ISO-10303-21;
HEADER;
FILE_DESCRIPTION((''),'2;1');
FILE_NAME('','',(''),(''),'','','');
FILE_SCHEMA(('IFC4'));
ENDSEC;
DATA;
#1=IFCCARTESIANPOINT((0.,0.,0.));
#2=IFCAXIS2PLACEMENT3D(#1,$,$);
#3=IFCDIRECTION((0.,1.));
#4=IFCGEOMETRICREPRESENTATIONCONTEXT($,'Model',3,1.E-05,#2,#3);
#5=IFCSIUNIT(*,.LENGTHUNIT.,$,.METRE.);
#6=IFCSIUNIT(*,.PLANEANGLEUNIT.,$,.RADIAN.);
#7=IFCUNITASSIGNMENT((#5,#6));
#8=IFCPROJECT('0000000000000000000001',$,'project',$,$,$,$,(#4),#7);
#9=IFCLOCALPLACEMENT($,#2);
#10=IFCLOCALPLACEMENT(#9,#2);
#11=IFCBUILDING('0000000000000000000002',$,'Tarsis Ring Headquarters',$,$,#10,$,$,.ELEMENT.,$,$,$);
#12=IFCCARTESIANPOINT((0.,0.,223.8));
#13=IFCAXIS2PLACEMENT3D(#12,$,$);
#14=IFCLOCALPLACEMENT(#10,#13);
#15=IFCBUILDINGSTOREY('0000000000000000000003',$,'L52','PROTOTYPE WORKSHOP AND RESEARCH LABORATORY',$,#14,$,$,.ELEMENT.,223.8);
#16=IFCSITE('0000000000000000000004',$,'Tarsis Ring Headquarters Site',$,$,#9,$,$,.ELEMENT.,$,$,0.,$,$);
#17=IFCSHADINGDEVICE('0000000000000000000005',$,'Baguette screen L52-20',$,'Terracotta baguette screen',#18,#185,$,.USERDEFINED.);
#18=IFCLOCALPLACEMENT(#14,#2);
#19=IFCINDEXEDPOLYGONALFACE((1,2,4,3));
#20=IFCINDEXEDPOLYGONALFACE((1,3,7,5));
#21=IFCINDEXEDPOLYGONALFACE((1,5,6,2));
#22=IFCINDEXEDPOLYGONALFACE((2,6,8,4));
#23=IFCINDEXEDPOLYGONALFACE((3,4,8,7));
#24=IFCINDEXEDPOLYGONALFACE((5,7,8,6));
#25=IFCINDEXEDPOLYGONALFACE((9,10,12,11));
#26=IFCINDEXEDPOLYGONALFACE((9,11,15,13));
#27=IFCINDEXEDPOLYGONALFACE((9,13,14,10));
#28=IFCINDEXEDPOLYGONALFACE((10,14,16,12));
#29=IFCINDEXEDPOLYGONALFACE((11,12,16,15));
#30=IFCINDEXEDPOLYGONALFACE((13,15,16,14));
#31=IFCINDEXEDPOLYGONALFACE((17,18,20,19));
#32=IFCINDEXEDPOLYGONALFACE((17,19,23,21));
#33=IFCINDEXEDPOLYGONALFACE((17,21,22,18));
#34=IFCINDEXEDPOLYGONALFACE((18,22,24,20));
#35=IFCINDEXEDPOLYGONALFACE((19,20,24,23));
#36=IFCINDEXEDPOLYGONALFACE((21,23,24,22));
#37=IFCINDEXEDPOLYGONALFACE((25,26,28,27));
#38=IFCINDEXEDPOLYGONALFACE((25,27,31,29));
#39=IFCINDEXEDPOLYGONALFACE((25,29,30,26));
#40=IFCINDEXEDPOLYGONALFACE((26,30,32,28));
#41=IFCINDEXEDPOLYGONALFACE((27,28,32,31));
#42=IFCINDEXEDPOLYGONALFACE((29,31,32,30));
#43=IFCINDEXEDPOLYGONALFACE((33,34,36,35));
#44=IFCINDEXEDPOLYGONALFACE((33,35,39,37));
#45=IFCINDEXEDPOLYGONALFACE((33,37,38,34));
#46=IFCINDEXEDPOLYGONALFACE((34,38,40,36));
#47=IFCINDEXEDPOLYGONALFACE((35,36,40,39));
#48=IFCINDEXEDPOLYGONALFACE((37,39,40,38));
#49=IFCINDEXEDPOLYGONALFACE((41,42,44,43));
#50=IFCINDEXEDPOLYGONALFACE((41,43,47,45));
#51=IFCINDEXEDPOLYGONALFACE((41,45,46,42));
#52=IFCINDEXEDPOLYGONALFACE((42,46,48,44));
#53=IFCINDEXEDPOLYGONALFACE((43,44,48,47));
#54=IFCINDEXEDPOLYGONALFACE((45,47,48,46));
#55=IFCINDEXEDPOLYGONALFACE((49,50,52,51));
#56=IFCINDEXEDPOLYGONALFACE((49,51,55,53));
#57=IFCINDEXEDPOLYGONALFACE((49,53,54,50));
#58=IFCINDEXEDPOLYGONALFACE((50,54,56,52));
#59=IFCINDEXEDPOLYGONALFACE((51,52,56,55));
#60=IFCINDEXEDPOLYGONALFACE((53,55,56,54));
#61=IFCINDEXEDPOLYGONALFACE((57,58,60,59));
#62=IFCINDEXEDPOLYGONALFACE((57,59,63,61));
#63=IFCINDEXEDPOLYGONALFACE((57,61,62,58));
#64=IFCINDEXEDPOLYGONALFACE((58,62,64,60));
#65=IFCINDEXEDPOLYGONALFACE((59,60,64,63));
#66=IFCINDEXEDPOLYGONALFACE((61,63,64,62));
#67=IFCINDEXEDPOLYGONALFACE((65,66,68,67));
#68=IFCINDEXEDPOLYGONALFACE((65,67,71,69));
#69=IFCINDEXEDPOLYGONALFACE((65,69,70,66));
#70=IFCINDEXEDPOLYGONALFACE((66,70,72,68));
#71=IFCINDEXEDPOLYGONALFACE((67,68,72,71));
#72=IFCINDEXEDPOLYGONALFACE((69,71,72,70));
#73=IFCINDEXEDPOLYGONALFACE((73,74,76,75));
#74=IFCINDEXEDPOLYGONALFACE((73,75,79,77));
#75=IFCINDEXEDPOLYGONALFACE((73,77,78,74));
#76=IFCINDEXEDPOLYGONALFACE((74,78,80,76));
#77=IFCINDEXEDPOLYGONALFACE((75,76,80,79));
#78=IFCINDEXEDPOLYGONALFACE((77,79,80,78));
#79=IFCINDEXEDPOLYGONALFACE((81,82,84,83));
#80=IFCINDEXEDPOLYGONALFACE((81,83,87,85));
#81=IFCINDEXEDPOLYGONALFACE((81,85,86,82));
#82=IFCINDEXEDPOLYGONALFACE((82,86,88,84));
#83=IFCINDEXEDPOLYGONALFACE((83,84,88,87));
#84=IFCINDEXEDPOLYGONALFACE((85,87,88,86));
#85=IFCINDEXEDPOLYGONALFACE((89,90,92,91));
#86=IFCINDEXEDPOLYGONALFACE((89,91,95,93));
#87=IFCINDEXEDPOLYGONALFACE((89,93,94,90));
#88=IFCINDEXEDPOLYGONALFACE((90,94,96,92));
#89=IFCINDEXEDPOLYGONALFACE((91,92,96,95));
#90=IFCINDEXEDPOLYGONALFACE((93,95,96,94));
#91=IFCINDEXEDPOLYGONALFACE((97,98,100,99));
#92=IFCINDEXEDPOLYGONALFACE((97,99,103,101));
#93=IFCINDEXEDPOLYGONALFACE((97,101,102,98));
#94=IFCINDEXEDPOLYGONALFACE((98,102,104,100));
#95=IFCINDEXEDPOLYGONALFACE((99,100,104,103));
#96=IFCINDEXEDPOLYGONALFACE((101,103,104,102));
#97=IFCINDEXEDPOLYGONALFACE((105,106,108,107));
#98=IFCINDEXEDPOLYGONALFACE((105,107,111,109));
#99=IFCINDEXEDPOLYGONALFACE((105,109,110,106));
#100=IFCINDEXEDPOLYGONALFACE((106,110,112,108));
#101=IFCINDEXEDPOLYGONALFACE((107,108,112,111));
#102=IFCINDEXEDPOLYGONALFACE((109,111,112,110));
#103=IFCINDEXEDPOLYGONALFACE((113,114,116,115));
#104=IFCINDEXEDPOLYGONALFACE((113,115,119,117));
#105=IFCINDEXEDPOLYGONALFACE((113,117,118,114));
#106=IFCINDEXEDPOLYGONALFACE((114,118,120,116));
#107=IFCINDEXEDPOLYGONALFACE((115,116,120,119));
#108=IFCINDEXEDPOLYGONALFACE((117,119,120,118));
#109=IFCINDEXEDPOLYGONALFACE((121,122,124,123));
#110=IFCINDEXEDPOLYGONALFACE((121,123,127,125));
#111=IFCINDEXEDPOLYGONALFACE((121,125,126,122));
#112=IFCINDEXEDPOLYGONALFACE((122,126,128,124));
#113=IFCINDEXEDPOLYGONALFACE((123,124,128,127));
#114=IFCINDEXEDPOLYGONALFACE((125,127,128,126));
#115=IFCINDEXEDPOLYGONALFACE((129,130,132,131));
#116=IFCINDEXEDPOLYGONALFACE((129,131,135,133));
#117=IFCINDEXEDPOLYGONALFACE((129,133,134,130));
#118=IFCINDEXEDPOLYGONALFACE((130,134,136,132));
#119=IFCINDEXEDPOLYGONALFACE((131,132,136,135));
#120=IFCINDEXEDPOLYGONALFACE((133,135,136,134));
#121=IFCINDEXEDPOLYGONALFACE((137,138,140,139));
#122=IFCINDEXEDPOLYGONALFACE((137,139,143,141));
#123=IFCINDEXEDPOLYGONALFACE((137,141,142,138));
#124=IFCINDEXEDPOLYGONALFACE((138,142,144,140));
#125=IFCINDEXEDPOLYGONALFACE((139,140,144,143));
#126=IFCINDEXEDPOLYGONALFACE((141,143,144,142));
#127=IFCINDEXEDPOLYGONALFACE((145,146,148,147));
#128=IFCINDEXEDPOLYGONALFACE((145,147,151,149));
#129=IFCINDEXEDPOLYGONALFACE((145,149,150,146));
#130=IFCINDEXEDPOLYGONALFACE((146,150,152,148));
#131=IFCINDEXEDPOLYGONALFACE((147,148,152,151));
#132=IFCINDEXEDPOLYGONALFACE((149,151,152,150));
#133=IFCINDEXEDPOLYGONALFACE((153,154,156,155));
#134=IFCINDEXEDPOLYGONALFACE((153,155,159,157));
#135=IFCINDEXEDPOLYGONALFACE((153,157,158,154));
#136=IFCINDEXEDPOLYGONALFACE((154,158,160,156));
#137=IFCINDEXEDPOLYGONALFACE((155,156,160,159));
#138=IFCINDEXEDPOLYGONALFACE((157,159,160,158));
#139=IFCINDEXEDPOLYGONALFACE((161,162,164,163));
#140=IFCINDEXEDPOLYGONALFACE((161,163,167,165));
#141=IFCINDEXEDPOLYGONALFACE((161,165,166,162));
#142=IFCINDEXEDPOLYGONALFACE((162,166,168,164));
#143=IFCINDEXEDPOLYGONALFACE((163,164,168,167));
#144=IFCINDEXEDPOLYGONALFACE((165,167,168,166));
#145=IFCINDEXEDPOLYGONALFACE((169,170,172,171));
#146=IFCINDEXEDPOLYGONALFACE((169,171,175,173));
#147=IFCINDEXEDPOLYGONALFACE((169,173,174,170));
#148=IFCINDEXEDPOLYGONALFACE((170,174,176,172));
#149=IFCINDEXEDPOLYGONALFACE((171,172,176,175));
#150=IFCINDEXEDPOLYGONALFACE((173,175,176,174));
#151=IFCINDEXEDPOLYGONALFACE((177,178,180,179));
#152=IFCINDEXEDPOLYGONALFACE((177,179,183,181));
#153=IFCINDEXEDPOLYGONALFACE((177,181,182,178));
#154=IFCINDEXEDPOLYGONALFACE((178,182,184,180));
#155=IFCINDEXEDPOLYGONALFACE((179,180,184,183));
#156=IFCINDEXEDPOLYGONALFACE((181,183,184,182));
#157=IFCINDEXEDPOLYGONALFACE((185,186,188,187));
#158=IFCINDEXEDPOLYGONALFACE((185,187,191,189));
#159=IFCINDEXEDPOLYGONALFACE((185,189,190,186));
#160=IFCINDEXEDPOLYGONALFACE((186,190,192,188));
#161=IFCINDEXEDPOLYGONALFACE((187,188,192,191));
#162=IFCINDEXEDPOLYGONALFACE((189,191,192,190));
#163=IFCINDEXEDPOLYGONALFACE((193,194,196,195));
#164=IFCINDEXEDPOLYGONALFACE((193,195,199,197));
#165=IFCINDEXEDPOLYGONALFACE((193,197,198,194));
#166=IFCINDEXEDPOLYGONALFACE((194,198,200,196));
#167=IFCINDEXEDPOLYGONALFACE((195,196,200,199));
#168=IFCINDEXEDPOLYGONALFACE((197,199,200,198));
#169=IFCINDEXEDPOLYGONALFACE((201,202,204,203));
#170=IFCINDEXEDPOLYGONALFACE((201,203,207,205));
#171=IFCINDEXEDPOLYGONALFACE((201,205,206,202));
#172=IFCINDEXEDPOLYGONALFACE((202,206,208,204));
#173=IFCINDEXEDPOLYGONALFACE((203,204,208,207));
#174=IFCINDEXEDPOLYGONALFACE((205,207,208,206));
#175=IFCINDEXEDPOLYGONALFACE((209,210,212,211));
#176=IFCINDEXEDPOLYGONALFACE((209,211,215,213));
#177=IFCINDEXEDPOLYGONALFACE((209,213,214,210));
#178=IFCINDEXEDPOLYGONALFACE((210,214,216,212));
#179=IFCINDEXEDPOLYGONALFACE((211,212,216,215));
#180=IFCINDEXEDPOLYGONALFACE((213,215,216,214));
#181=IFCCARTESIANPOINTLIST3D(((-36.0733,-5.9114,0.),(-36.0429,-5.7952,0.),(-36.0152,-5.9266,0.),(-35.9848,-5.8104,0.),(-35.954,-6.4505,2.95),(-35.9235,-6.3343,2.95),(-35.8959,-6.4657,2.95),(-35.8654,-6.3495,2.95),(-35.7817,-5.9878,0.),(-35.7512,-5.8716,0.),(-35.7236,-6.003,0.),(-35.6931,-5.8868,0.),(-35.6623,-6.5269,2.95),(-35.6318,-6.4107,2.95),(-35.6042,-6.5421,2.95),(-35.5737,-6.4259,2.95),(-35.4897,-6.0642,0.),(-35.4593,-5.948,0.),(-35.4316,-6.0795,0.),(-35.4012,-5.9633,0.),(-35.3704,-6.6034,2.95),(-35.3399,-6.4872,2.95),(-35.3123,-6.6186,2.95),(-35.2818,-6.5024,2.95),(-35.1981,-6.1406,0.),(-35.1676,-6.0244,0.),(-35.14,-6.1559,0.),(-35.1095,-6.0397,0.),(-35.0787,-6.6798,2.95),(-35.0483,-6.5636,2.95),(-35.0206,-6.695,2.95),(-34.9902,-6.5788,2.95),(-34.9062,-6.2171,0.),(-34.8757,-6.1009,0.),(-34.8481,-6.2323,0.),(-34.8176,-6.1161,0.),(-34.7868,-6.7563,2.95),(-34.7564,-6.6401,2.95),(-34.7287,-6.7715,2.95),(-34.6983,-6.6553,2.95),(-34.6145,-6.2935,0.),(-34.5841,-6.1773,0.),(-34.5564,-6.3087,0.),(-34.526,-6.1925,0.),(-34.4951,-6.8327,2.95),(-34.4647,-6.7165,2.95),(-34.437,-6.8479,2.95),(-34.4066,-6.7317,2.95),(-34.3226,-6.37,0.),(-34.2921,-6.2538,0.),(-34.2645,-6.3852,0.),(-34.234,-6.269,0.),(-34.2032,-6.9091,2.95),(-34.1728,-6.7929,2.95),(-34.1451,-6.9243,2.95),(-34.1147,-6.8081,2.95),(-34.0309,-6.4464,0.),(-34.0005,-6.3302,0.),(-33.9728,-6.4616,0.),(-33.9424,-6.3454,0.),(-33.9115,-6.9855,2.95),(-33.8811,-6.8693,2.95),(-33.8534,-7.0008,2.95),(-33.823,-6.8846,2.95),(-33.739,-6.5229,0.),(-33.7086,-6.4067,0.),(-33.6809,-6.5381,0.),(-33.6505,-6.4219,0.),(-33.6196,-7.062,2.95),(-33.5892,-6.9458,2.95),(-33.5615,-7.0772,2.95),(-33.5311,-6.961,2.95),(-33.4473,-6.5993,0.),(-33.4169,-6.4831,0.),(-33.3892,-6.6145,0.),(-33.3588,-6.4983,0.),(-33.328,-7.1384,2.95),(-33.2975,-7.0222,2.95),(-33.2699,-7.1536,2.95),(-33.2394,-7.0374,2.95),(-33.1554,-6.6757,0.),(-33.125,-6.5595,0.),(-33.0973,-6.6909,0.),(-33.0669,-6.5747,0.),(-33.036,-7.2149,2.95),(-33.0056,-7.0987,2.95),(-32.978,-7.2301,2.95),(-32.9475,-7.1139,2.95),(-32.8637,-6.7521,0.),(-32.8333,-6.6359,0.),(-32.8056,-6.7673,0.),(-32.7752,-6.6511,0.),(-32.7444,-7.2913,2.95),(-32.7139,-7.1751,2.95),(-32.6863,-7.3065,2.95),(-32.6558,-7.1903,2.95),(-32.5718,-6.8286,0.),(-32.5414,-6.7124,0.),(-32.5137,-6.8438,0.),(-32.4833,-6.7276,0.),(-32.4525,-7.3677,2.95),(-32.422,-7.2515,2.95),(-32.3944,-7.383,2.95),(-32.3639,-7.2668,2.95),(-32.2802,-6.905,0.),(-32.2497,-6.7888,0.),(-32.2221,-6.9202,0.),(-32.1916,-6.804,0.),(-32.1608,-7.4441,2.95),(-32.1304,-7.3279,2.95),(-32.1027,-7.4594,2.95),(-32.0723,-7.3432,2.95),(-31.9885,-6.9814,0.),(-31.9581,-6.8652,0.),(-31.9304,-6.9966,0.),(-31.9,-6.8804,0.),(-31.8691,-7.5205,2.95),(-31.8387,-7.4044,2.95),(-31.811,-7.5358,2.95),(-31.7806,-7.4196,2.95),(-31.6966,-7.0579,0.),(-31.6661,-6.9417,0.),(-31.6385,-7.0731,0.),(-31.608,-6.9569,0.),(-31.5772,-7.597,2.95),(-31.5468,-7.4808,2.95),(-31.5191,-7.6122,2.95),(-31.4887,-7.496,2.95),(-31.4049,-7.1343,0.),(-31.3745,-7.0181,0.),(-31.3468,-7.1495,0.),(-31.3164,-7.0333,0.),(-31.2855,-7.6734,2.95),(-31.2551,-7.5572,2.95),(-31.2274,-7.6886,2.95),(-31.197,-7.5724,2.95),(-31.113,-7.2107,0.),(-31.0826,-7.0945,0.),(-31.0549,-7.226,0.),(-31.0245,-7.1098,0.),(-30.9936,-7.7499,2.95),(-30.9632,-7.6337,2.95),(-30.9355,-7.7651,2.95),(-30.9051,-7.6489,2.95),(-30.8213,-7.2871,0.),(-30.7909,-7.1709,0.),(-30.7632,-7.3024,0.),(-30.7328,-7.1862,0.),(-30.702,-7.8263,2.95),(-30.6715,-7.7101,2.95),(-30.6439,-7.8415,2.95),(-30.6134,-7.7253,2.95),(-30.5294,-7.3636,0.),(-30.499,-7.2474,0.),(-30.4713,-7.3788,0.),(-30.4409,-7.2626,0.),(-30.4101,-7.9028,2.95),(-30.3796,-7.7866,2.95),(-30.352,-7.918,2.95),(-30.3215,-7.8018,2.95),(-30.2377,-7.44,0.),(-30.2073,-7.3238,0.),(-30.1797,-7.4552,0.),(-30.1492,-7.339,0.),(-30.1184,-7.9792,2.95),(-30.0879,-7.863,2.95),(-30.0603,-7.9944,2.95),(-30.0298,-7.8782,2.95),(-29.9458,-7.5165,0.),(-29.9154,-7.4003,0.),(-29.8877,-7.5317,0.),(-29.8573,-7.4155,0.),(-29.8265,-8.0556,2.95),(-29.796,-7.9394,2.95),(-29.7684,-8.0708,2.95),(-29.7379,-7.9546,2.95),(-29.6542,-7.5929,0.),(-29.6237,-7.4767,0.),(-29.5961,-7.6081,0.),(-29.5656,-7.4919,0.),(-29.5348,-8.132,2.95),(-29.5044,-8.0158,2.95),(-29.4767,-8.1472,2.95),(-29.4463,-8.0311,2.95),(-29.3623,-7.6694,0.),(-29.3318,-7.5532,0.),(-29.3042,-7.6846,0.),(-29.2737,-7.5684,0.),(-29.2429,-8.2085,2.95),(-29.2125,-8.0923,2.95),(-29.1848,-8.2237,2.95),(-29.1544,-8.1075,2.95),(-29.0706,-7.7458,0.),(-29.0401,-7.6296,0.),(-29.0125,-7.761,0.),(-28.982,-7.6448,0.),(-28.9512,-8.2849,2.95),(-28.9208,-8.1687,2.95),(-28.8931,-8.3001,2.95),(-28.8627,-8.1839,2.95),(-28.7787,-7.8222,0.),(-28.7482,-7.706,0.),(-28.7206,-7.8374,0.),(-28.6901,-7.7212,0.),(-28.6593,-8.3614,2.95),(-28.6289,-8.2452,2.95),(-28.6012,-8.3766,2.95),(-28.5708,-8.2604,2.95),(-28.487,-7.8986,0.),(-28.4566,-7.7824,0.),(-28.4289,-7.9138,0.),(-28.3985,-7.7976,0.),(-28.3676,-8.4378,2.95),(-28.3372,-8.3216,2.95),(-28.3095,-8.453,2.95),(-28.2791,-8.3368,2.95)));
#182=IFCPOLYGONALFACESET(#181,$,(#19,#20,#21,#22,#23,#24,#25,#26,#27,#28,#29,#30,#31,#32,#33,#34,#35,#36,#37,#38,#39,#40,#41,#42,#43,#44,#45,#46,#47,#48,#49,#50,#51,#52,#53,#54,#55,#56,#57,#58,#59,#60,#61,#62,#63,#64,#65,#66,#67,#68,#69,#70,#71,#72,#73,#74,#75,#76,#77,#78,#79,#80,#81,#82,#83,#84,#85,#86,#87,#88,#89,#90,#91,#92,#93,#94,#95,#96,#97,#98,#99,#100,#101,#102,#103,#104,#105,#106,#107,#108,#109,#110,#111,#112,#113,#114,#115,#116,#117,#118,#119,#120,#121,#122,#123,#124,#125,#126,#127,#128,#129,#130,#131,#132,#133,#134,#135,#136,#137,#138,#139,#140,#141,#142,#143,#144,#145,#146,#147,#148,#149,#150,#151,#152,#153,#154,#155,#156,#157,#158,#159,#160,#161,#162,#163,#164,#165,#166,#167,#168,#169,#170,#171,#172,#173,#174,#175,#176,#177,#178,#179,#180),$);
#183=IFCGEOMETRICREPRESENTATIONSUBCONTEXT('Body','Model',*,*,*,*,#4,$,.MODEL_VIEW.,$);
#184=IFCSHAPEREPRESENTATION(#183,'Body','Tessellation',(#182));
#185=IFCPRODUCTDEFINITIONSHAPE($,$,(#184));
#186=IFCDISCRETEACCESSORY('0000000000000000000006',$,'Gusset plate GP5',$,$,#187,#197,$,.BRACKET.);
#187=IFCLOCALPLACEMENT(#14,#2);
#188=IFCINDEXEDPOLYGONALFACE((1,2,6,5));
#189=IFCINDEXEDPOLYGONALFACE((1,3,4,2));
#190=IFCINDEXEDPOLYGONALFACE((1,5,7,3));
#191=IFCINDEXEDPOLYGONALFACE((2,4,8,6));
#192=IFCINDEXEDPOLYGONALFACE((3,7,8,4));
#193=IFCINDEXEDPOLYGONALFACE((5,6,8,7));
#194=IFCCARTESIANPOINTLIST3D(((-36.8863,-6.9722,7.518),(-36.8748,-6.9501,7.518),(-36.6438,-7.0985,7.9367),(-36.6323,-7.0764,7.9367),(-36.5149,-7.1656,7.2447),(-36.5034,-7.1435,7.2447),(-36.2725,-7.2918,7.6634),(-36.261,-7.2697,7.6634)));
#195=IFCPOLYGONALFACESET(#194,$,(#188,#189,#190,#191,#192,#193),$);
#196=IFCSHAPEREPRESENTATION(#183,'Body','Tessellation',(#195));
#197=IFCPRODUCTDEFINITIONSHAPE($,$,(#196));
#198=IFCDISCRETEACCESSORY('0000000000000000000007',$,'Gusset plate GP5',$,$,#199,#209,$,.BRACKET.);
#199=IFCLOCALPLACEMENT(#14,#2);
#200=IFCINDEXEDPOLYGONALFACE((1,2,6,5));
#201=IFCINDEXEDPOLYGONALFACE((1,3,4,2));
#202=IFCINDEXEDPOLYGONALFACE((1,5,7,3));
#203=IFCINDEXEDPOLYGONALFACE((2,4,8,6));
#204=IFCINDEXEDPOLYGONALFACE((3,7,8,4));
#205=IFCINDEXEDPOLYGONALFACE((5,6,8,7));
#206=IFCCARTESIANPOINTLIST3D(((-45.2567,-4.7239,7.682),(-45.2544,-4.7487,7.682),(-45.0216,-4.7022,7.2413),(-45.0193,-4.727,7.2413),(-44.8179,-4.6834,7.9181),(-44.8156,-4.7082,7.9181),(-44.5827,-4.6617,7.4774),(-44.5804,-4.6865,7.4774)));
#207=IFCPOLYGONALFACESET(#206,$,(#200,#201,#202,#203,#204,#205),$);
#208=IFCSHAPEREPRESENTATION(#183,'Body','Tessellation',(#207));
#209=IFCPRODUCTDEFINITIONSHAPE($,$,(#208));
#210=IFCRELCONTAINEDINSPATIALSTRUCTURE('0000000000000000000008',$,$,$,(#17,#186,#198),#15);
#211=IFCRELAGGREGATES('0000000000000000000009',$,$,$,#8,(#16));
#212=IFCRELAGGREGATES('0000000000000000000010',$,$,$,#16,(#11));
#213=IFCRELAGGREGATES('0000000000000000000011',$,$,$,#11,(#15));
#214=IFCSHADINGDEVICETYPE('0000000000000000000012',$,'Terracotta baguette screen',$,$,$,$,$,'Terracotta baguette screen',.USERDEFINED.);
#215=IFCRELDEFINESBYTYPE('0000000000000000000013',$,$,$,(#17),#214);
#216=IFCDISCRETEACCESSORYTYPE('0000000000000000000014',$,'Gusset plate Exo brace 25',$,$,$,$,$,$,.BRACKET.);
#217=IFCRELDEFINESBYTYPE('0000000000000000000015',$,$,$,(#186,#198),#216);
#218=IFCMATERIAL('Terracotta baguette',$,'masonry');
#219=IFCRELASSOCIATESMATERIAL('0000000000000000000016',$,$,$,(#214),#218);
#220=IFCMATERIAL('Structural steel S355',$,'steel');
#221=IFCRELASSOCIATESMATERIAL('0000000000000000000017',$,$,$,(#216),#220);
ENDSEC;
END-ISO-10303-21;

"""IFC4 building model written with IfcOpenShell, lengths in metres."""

from ifc_helpers import new_model, si_unit, direction, frame, frame_2d, origin, origin_2d, place, context, subcontext, project, spatial, rectangle, composite_profile, extrude, material, material_profile, profile_set, type_object, element, save


model = new_model("IFC4")

# Units and contexts
model_context = context("Model", 3, precision=1e-05, world=origin(), true_north=direction((0.0, 1.0)))
body_context = subcontext(model_context, "Body", "Model", "MODEL_VIEW")
ifc_project = project(units=[si_unit("LENGTHUNIT", "METRE"), si_unit("PLANEANGLEUNIT", "RADIAN")], contexts=[model_context])

# Site, building, storey
site_placement = place(None, origin())
site = spatial("IfcSite", under=ifc_project, at=site_placement, Name="Tarsis Ring Headquarters Site", CompositionType="ELEMENT", RefElevation=0.0)
building_placement = place(site_placement, origin())
building = spatial("IfcBuilding", under=site, at=building_placement, Name="Tarsis Ring Headquarters", CompositionType="ELEMENT")
storey_placement = place(building_placement, frame((0.0, 0.0, 223.8)))
storey = spatial("IfcBuildingStorey", under=building, at=storey_placement, Name="L52", Description="PROTOTYPE WORKSHOP AND RESEARCH LABORATORY", CompositionType="ELEMENT", Elevation=223.8)

# Shared definitions
ifc_material_1 = material(Name="Structural steel S355", Category="steel")

# Shading device
ifc_material_2 = material(Name="Terracotta baguette", Category="masonry")
shading_device_type = type_object("IfcShadingDeviceType", Name="Terracotta baguette screen", ElementType="Terracotta baguette screen", PredefinedType="USERDEFINED", material=ifc_material_2)
shading_device_1_placement = place(storey_placement, frame((-36.0581, -5.8533, 0.0), z_axis=(0.0, 0.0, 1.0), x_axis=(0.967374, -0.253406, 0.0)))
element("IfcShadingDevice", 1, at=shading_device_1_placement, inside=storey, type_object=shading_device_type, Name="Baguette screen L52-20", ObjectType="Terracotta baguette screen", PredefinedType="USERDEFINED", context=body_context, shape_type="SweptSolid", body=[
    extrude(composite_profile([rectangle(XDim=0.0601, YDim=0.1201, at=frame_2d((0.03, 0.0))), rectangle(XDim=0.0601, YDim=0.1201, at=frame_2d((0.3315, 0.0))), rectangle(XDim=0.0601, YDim=0.1201, at=frame_2d((0.6333, 0.0))), rectangle(XDim=0.0601, YDim=0.1201, at=frame_2d((0.9348, 0.0))), rectangle(XDim=0.0601, YDim=0.1201, at=frame_2d((1.2366, 0.0))), rectangle(XDim=0.0601, YDim=0.1201, at=frame_2d((1.5381, 0.0))), rectangle(XDim=0.0601, YDim=0.1201, at=frame_2d((1.8398, 0.0))), rectangle(XDim=0.0601, YDim=0.1201, at=frame_2d((2.1414, 0.0))), rectangle(XDim=0.0601, YDim=0.1201, at=frame_2d((2.4431, 0.0))), rectangle(XDim=0.0601, YDim=0.1201, at=frame_2d((2.7446, 0.0))), rectangle(XDim=0.0601, YDim=0.1201, at=frame_2d((3.0464, 0.0))), rectangle(XDim=0.0601, YDim=0.1201, at=frame_2d((3.3479, 0.0))), rectangle(XDim=0.0601, YDim=0.1201, at=frame_2d((3.6497, 0.0))), rectangle(XDim=0.0601, YDim=0.1201, at=frame_2d((3.9512, 0.0))), rectangle(XDim=0.0601, YDim=0.1201, at=frame_2d((4.2527, 0.0))), rectangle(XDim=0.0601, YDim=0.1201, at=frame_2d((4.5544, 0.0))), rectangle(XDim=0.0601, YDim=0.1201, at=frame_2d((4.856, 0.0))), rectangle(XDim=0.0601, YDim=0.1201, at=frame_2d((5.1577, 0.0))), rectangle(XDim=0.0601, YDim=0.1201, at=frame_2d((5.4592, 0.0))), rectangle(XDim=0.0601, YDim=0.1201, at=frame_2d((5.761, 0.0))), rectangle(XDim=0.0601, YDim=0.1201, at=frame_2d((6.0625, 0.0))), rectangle(XDim=0.0601, YDim=0.1201, at=frame_2d((6.3643, 0.0))), rectangle(XDim=0.0601, YDim=0.1201, at=frame_2d((6.6658, 0.0))), rectangle(XDim=0.0601, YDim=0.1201, at=frame_2d((6.9675, 0.0))), rectangle(XDim=0.0601, YDim=0.1201, at=frame_2d((7.269, 0.0))), rectangle(XDim=0.0601, YDim=0.1201, at=frame_2d((7.5708, 0.0))), rectangle(XDim=0.0601, YDim=0.1201, at=frame_2d((7.8723, 0.0)))]), origin(), (0.083997, -0.1637, 0.982928), 3.0012),
])

# Discrete accessories
ifc_material_profile_1 = material_profile(ifc_material_1, rectangle(XDim=0.0249, YDim=0.5, at=origin_2d()), Name="PL 25x500")
ifc_profile_set_1 = profile_set([ifc_material_profile_1], Name="Structural steel S355")
discrete_accessory_type = type_object("IfcDiscreteAccessoryType", Name="Gusset plate Exo brace 25", PredefinedType="BRACKET", material=ifc_profile_set_1)
for number, where, z_axis, x_axis, name in (
    (2, (-36.4524, -7.1841, 7.8), (-0.484848, 0.252434, -0.837376), (-0.461803, -0.886983, 0.0), "Gusset plate GP5"),
    (3, (-45.0361, -4.7161, 7.8), (0.47027, 0.043462, -0.881452), (-0.092027, 0.995756, 0.0), "Gusset plate GP5"),
):
    element("IfcDiscreteAccessory", number, at=place(storey_placement, frame(where, z_axis=z_axis, x_axis=x_axis)), inside=storey, type_object=discrete_accessory_type, Name=name, PredefinedType="BRACKET", context=body_context, shape_type="SweptSolid", body=[
        extrude(rectangle(XDim=0.0249, YDim=0.5, at=origin_2d()), origin(), (0.0, 0.0, 1.0), 0.5),
    ])

save(model, "model.ifc")
